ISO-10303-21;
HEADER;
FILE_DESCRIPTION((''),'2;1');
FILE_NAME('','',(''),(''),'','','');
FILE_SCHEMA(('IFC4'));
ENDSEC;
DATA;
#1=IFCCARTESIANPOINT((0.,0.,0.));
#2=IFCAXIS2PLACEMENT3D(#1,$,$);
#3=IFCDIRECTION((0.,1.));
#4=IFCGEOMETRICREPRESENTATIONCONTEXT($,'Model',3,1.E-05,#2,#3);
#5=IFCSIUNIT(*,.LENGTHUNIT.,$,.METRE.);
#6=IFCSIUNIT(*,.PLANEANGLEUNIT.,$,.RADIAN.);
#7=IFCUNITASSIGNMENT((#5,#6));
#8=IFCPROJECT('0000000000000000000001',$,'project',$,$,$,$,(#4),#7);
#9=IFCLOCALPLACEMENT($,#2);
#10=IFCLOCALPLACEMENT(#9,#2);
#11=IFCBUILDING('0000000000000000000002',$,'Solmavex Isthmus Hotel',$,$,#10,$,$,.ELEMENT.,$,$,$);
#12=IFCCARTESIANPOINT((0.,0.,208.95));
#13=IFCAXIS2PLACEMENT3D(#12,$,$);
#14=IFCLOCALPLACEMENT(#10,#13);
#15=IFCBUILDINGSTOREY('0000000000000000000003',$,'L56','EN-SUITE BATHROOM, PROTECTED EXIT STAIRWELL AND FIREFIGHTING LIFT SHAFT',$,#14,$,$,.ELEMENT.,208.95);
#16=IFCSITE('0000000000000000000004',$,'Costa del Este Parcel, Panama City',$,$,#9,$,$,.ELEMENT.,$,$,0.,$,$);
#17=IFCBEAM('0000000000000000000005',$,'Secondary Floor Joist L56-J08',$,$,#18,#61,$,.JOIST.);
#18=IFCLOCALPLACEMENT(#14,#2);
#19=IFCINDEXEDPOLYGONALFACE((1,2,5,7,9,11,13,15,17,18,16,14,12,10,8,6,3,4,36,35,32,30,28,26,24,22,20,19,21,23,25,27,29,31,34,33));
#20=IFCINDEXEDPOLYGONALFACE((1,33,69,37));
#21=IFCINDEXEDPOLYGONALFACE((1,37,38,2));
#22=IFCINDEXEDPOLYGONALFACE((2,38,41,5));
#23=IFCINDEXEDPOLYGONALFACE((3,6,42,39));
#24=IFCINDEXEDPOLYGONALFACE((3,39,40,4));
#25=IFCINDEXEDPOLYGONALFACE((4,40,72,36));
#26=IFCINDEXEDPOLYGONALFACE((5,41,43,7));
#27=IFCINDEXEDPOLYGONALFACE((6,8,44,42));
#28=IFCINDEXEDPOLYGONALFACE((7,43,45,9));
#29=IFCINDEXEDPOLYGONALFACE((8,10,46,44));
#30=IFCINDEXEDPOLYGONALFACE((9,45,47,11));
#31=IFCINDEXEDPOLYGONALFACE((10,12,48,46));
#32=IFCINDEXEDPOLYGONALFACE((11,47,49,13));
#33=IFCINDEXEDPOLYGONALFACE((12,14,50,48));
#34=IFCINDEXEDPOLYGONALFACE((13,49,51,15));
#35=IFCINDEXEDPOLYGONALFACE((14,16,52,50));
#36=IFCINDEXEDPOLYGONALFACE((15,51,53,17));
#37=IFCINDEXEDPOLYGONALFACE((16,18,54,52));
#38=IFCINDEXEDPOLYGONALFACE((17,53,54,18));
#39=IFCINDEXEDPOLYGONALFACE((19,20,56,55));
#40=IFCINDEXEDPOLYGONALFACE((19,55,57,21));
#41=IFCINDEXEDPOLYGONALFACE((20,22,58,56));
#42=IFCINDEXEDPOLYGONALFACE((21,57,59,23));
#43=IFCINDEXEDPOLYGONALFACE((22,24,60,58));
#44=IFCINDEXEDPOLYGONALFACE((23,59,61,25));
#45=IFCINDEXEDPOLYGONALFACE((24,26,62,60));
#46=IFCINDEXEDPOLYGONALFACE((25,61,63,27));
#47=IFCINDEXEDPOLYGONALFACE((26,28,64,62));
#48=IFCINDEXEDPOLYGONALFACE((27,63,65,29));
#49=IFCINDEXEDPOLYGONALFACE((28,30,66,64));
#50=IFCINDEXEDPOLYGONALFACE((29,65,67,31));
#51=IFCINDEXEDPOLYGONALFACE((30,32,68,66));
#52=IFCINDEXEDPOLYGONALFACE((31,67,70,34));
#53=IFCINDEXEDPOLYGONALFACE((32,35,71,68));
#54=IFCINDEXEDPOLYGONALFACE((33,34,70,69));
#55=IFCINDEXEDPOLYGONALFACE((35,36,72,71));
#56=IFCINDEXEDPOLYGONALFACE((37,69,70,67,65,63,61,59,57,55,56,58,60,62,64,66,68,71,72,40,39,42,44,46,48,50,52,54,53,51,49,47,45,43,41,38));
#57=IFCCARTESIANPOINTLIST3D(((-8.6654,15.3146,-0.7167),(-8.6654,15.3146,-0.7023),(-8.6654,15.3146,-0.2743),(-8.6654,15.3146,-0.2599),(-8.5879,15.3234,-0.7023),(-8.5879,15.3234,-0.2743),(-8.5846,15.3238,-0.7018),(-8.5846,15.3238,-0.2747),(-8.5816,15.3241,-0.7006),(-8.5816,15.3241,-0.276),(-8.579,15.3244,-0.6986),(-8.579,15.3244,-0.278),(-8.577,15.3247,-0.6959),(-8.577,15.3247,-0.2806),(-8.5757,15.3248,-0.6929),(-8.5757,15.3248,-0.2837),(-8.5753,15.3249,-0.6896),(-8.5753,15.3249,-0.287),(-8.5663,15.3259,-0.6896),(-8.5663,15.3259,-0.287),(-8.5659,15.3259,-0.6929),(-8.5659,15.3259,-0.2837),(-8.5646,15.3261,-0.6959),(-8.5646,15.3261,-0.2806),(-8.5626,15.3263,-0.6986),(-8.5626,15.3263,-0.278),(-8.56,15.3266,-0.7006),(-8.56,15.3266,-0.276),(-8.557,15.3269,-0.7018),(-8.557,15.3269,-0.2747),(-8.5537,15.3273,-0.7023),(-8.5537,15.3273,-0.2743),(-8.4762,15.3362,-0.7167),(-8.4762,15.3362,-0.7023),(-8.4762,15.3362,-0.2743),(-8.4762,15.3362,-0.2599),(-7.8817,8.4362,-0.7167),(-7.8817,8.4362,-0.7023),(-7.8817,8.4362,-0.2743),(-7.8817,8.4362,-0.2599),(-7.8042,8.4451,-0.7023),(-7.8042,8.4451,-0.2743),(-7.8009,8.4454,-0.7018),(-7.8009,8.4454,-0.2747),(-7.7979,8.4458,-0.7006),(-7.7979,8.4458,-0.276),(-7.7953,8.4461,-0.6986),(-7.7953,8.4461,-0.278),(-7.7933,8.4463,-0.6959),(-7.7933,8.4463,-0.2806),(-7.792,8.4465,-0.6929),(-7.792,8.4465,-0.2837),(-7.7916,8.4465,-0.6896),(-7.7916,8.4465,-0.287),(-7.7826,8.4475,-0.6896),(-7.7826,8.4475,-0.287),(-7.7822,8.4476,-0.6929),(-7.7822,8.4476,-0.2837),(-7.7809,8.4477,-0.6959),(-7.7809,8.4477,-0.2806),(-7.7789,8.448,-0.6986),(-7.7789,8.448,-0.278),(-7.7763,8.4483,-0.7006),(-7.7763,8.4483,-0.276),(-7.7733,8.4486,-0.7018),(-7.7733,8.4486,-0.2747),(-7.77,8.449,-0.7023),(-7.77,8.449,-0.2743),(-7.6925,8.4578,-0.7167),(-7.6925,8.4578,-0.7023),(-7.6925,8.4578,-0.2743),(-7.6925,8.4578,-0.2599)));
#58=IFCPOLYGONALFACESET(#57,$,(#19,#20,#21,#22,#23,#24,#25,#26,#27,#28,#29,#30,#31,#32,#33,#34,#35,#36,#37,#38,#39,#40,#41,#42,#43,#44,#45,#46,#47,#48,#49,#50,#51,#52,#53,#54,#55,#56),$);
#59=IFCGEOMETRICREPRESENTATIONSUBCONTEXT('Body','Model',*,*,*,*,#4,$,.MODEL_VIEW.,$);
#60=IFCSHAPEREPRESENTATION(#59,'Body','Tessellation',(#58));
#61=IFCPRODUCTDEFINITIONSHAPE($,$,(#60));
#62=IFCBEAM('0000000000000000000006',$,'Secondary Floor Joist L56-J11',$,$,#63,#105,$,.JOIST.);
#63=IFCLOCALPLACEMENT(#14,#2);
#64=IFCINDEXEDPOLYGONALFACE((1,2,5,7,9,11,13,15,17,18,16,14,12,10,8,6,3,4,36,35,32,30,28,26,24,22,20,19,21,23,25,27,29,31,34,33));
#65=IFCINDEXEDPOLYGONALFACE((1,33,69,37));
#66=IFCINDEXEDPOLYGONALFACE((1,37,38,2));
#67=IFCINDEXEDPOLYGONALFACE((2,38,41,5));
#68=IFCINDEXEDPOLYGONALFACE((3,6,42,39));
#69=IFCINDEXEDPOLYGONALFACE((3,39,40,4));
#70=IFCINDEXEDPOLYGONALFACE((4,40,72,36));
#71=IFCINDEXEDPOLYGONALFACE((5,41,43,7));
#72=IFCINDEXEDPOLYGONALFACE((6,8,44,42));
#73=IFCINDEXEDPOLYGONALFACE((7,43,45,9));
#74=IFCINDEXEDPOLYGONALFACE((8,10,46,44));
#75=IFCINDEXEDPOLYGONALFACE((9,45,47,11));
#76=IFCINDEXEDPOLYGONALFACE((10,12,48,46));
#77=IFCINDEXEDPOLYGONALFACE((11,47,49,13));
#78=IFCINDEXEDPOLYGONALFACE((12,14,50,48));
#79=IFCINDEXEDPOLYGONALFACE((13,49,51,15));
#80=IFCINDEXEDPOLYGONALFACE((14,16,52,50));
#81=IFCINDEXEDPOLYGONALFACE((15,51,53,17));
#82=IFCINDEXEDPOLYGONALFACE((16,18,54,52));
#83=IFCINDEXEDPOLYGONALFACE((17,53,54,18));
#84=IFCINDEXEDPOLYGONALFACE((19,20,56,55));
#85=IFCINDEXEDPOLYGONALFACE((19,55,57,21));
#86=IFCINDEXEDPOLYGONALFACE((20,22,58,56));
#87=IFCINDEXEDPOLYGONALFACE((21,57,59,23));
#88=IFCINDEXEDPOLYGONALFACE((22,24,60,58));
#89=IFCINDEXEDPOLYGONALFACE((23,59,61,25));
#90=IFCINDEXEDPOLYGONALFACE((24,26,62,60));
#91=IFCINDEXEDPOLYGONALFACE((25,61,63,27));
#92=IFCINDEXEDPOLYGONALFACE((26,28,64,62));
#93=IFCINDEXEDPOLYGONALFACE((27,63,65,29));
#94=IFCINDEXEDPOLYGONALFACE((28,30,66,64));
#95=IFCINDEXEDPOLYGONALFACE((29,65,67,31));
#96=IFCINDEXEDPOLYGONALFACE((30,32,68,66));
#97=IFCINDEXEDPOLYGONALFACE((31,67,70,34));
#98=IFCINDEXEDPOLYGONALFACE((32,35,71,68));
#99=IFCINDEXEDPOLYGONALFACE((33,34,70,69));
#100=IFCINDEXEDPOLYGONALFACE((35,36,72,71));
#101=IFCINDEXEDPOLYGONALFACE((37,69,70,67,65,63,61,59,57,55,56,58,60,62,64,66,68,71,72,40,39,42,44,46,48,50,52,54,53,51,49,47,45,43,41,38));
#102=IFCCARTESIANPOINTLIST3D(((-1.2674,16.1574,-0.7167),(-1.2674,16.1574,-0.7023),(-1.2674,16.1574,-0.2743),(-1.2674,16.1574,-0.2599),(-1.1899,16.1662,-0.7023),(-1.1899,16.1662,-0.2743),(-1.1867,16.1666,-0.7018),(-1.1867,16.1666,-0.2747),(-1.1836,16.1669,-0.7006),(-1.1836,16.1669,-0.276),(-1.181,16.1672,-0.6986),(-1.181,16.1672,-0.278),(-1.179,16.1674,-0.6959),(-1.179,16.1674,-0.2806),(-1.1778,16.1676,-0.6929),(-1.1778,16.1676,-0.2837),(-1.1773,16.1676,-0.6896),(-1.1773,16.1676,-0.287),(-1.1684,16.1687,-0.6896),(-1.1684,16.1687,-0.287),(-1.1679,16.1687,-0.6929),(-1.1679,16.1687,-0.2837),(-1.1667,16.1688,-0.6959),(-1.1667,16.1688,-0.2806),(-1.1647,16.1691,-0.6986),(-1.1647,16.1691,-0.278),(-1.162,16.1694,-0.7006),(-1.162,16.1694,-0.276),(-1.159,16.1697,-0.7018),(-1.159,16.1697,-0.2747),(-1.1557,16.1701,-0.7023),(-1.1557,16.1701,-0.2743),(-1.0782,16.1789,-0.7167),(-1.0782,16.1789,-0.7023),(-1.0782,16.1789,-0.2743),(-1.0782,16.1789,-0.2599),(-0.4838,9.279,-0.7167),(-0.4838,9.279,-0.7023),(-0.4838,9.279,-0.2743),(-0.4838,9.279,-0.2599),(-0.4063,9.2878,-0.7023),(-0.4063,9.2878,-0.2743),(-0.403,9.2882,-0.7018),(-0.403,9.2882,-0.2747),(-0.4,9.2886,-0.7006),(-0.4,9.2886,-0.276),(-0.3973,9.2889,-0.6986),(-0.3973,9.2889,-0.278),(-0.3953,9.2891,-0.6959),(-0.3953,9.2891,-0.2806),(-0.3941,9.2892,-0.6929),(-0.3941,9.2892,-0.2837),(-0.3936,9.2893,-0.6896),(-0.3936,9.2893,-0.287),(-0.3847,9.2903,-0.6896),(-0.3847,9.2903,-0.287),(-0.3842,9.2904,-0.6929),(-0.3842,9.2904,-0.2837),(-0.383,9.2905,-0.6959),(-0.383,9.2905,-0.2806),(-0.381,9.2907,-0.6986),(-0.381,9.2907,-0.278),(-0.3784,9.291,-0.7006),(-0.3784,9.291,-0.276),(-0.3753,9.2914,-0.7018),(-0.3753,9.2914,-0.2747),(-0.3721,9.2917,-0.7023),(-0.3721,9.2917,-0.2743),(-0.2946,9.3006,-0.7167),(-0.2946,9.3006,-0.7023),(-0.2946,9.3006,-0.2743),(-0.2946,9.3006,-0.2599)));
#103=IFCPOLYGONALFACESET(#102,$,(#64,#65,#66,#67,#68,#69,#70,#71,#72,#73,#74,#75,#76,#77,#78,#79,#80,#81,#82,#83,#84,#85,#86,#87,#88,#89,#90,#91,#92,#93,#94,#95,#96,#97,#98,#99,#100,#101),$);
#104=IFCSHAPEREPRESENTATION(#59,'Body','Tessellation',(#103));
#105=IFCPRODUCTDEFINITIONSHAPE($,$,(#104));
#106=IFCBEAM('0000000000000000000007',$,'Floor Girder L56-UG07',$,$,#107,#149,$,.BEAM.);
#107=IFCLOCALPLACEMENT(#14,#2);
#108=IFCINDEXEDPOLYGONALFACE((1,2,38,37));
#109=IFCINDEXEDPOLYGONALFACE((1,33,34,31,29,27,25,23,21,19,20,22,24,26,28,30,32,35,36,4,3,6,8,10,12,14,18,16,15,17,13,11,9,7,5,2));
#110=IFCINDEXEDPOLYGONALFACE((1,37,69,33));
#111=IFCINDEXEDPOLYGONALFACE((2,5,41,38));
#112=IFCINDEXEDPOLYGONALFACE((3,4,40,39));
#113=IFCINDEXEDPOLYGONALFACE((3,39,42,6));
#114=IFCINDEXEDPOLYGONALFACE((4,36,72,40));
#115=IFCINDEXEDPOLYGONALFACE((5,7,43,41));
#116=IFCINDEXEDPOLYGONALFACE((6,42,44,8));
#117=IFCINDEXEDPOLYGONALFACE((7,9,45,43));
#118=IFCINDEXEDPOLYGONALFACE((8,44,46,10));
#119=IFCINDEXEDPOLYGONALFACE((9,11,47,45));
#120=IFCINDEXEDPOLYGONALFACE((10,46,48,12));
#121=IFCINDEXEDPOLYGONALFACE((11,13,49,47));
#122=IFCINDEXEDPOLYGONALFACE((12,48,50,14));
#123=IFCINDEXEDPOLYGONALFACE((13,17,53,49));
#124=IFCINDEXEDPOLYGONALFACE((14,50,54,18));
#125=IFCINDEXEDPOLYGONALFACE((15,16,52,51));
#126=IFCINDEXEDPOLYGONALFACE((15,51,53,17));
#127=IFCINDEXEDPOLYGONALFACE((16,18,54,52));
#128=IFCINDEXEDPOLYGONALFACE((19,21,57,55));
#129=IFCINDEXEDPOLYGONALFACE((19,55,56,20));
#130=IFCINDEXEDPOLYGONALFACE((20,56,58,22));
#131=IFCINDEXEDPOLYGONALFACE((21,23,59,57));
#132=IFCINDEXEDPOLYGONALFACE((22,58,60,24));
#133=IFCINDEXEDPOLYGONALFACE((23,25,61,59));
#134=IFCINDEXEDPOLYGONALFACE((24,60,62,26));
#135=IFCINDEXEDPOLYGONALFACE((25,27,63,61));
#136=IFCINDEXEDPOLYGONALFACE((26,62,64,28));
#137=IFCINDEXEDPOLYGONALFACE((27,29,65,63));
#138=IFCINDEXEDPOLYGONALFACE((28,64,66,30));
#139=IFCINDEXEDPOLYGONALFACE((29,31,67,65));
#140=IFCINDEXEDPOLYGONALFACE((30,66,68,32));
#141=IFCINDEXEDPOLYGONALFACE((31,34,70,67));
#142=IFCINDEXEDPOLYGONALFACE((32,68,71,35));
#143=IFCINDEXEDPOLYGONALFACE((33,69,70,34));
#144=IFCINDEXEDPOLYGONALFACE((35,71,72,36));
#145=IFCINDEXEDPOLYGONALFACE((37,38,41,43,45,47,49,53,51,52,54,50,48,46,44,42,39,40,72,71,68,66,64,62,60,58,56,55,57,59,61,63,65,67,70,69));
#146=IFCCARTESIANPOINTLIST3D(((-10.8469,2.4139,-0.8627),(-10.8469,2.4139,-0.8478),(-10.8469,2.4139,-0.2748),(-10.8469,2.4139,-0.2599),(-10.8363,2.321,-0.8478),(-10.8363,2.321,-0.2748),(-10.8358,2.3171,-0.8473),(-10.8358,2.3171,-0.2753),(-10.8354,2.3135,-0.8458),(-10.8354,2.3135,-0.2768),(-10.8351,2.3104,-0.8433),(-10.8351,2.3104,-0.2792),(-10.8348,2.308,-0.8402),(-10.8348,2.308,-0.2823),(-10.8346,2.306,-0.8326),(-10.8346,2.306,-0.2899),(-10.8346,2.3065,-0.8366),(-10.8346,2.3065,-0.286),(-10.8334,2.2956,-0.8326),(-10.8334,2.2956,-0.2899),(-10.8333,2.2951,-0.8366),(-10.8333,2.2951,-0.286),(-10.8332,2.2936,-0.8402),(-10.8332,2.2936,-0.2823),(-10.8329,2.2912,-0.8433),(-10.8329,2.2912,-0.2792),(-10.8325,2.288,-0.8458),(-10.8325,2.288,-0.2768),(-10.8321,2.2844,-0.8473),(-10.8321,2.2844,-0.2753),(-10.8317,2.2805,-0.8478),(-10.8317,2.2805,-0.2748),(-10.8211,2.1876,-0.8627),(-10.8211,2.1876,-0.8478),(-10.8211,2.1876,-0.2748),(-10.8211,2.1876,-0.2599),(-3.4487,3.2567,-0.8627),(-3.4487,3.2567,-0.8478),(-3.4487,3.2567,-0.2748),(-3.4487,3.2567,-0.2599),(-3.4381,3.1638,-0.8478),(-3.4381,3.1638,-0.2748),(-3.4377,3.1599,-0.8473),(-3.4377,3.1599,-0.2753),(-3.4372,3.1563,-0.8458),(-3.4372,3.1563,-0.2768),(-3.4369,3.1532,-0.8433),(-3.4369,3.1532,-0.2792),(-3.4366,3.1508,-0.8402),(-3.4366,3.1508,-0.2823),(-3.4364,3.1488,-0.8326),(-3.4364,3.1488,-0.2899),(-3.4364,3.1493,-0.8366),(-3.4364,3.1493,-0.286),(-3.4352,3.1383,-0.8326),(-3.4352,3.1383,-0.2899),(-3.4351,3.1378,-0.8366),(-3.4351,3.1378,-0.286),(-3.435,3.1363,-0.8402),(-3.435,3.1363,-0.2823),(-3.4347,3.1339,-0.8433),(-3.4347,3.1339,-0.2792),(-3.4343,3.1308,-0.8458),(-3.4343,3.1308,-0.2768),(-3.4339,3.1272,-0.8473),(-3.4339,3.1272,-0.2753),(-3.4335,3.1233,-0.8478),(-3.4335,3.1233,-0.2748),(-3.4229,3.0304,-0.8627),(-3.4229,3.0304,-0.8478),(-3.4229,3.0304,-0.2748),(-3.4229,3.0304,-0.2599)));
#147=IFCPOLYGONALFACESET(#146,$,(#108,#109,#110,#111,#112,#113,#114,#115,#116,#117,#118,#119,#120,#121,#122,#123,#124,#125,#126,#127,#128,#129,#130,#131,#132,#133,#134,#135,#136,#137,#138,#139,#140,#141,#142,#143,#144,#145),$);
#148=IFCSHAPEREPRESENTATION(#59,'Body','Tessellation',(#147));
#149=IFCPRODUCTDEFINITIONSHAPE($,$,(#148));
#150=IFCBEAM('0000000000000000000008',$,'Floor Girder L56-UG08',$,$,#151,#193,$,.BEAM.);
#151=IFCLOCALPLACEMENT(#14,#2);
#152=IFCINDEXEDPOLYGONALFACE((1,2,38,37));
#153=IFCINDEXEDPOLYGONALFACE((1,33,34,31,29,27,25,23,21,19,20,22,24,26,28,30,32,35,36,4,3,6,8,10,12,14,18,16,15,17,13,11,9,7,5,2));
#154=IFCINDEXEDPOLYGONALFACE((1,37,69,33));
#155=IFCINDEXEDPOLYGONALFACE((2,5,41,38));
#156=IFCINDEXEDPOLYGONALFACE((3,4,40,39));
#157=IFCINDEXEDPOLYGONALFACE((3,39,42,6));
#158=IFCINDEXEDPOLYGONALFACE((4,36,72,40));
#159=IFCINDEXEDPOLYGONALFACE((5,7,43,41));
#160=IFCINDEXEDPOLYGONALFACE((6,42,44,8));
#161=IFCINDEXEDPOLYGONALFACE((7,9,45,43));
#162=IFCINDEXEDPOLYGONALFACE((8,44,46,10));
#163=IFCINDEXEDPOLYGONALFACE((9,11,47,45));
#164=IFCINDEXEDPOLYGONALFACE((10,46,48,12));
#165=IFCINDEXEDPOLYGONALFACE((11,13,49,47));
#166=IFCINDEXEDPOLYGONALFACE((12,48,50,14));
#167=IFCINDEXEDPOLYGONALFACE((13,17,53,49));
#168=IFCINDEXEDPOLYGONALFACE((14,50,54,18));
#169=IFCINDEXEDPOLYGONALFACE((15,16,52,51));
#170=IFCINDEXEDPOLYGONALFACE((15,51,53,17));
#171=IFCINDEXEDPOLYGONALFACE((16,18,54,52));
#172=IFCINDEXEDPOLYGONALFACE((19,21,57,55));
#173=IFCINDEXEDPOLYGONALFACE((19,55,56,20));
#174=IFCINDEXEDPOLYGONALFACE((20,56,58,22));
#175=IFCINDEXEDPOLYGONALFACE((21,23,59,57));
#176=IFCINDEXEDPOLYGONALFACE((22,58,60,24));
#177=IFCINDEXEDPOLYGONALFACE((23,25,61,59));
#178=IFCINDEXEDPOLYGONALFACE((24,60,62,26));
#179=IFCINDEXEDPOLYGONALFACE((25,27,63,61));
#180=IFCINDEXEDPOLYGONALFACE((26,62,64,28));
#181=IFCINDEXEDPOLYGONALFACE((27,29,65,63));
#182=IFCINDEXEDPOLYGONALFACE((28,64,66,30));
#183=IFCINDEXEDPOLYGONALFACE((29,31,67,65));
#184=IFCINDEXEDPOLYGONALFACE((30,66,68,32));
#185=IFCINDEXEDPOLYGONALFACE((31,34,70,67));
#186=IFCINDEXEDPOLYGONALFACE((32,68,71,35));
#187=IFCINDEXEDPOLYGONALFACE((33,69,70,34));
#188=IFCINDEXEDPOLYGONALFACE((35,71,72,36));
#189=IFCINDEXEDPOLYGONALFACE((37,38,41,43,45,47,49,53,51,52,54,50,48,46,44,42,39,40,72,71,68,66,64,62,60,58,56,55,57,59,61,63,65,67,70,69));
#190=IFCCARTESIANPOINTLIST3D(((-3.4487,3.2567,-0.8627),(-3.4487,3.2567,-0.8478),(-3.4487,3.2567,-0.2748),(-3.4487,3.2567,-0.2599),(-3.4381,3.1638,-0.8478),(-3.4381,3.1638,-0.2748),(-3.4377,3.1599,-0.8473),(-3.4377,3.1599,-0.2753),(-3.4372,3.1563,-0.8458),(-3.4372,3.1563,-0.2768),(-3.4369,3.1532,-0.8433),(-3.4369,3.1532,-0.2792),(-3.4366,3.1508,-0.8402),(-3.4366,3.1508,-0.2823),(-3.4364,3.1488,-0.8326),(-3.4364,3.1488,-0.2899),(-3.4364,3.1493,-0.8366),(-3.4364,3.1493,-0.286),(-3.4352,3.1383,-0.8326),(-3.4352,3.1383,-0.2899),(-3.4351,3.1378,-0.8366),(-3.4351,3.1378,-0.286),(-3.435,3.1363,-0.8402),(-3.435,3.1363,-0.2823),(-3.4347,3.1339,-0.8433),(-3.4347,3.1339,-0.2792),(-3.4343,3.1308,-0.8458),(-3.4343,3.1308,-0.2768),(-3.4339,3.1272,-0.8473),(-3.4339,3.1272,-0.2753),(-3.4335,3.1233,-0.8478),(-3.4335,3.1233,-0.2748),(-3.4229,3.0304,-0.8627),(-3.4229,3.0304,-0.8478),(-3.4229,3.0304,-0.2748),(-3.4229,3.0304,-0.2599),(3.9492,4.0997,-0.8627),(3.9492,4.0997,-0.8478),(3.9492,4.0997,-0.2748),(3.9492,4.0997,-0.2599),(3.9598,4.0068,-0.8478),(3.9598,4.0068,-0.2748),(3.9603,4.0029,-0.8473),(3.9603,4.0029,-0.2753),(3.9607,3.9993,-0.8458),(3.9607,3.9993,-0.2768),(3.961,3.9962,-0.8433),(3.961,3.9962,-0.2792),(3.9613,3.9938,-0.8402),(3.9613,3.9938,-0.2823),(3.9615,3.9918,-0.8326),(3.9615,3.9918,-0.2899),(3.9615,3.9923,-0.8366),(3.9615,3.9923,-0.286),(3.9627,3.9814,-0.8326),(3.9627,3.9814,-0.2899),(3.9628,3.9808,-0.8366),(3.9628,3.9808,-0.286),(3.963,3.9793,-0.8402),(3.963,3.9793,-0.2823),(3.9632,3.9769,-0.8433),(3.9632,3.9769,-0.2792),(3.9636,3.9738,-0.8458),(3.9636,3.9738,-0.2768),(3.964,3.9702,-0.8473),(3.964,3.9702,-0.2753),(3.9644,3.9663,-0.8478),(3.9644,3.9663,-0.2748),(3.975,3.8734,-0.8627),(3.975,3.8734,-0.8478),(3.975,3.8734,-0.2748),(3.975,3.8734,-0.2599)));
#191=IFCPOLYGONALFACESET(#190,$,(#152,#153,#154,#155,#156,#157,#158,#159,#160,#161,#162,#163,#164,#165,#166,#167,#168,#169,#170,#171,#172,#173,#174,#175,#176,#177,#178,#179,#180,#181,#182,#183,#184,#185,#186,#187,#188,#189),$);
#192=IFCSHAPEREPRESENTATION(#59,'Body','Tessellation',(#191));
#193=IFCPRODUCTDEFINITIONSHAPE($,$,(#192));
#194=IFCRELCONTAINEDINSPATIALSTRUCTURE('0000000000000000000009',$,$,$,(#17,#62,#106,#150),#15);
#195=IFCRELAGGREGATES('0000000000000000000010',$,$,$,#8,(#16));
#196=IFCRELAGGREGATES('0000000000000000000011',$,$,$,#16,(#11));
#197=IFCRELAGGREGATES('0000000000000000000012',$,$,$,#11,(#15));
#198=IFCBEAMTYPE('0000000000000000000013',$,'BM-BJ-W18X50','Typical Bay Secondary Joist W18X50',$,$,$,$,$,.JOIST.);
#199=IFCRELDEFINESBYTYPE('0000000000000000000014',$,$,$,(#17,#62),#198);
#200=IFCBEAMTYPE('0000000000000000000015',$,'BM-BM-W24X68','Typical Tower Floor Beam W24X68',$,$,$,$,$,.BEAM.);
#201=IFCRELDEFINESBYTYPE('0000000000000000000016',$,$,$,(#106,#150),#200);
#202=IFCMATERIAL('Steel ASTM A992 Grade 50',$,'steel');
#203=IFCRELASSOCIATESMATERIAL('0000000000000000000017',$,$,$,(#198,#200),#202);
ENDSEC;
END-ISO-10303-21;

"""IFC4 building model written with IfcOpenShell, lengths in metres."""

from ifc_helpers import new_model, si_unit, direction, frame, origin, origin_2d, place, context, subcontext, project, spatial, i_section, extrude, material, material_profile, profile_set, type_object, element, save


model = new_model("IFC4")

# Units and contexts
model_context = context("Model", 3, precision=1e-05, world=origin(), true_north=direction((0.0, 1.0)))
body_context = subcontext(model_context, "Body", "Model", "MODEL_VIEW")
ifc_project = project(units=[si_unit("LENGTHUNIT", "METRE"), si_unit("PLANEANGLEUNIT", "RADIAN")], contexts=[model_context])

# Site, building, storey
site_placement = place(None, origin())
site = spatial("IfcSite", under=ifc_project, at=site_placement, Name="Costa del Este Parcel, Panama City", CompositionType="ELEMENT", RefElevation=0.0)
building_placement = place(site_placement, origin())
building = spatial("IfcBuilding", under=site, at=building_placement, Name="Solmavex Isthmus Hotel", CompositionType="ELEMENT")
storey_placement = place(building_placement, frame((0.0, 0.0, 208.95)))
storey = spatial("IfcBuildingStorey", under=building, at=storey_placement, Name="L56", Description="EN-SUITE BATHROOM, PROTECTED EXIT STAIRWELL AND FIREFIGHTING LIFT SHAFT", CompositionType="ELEMENT", Elevation=208.95)

# Beams
ifc_material_1 = material(Name="Steel ASTM A992 Grade 50", Category="steel")
ifc_material_profile_1 = material_profile(ifc_material_1, i_section(OverallWidth=0.1904, OverallDepth=0.4568, WebThickness=0.009, FlangeThickness=0.0144, FilletRadius=0.0127, at=origin_2d()), Name="W18X50")
ifc_profile_set_1 = profile_set([ifc_material_profile_1], Name="Steel ASTM A992 Grade 50")
beam_type_1 = type_object("IfcBeamType", Name="BM-BJ-W18X50", Description="Typical Bay Secondary Joist W18X50", PredefinedType="JOIST", material=ifc_profile_set_1)
for number, where, z_axis, x_axis, name in (
    (1, (-7.7871, 8.447, -0.4883), (-0.113202, 0.993572, 0.0), (-0.993572, -0.113202, 0.0), "Secondary Floor Joist L56-J08"),
    (2, (-0.3892, 9.2898, -0.4883), (-0.113202, 0.993572, 0.0), (-0.993572, -0.113202, 0.0), "Secondary Floor Joist L56-J11"),
):
    element("IfcBeam", number, at=place(storey_placement, frame(where, z_axis=z_axis, x_axis=x_axis)), inside=storey, type_object=beam_type_1, Name=name, PredefinedType="JOIST", context=body_context, shape_type="SweptSolid", body=[
        extrude(i_section(OverallWidth=0.1904, OverallDepth=0.4568, WebThickness=0.009, FlangeThickness=0.0144, FilletRadius=0.0127, at=origin_2d()), origin(), (0.0, 0.0, 1.0), 6.9229),
    ])
ifc_material_profile_2 = material_profile(ifc_material_1, i_section(OverallWidth=0.2278, OverallDepth=0.6028, WebThickness=0.0105, FlangeThickness=0.0149, FilletRadius=0.0151, at=origin_2d()), Name="W24X68")
ifc_profile_set_2 = profile_set([ifc_material_profile_2], Name="Steel ASTM A992 Grade 50")
beam_type_2 = type_object("IfcBeamType", Name="BM-BM-W24X68", Description="Typical Tower Floor Beam W24X68", PredefinedType="BEAM", material=ifc_profile_set_2)
beam_1_placement = place(storey_placement, frame((-10.834, 2.3008, -0.5613), z_axis=(0.993574, 0.113184, 0.0), x_axis=(-0.113184, 0.993574, 0.0)))
element("IfcBeam", 3, at=beam_1_placement, inside=storey, type_object=beam_type_2, Name="Floor Girder L56-UG07", PredefinedType="BEAM", context=body_context, shape_type="SweptSolid", body=[
    extrude(i_section(OverallWidth=0.2278, OverallDepth=0.6028, WebThickness=0.0105, FlangeThickness=0.0149, FilletRadius=0.0151, at=origin_2d()), origin(), (0.0, 0.0, 1.0), 7.446),
])
beam_2_placement = place(storey_placement, frame((-3.4358, 3.1436, -0.5613), z_axis=(0.99357, 0.11322, 0.0), x_axis=(-0.11322, 0.99357, 0.0)))
element("IfcBeam", 4, at=beam_2_placement, inside=storey, type_object=beam_type_2, Name="Floor Girder L56-UG08", PredefinedType="BEAM", context=body_context, shape_type="SweptSolid", body=[
    extrude(i_section(OverallWidth=0.2278, OverallDepth=0.6028, WebThickness=0.0105, FlangeThickness=0.0149, FilletRadius=0.0151, at=origin_2d()), origin(), (0.0, 0.0, 1.0), 7.4458),
])

save(model, "model.ifc")
